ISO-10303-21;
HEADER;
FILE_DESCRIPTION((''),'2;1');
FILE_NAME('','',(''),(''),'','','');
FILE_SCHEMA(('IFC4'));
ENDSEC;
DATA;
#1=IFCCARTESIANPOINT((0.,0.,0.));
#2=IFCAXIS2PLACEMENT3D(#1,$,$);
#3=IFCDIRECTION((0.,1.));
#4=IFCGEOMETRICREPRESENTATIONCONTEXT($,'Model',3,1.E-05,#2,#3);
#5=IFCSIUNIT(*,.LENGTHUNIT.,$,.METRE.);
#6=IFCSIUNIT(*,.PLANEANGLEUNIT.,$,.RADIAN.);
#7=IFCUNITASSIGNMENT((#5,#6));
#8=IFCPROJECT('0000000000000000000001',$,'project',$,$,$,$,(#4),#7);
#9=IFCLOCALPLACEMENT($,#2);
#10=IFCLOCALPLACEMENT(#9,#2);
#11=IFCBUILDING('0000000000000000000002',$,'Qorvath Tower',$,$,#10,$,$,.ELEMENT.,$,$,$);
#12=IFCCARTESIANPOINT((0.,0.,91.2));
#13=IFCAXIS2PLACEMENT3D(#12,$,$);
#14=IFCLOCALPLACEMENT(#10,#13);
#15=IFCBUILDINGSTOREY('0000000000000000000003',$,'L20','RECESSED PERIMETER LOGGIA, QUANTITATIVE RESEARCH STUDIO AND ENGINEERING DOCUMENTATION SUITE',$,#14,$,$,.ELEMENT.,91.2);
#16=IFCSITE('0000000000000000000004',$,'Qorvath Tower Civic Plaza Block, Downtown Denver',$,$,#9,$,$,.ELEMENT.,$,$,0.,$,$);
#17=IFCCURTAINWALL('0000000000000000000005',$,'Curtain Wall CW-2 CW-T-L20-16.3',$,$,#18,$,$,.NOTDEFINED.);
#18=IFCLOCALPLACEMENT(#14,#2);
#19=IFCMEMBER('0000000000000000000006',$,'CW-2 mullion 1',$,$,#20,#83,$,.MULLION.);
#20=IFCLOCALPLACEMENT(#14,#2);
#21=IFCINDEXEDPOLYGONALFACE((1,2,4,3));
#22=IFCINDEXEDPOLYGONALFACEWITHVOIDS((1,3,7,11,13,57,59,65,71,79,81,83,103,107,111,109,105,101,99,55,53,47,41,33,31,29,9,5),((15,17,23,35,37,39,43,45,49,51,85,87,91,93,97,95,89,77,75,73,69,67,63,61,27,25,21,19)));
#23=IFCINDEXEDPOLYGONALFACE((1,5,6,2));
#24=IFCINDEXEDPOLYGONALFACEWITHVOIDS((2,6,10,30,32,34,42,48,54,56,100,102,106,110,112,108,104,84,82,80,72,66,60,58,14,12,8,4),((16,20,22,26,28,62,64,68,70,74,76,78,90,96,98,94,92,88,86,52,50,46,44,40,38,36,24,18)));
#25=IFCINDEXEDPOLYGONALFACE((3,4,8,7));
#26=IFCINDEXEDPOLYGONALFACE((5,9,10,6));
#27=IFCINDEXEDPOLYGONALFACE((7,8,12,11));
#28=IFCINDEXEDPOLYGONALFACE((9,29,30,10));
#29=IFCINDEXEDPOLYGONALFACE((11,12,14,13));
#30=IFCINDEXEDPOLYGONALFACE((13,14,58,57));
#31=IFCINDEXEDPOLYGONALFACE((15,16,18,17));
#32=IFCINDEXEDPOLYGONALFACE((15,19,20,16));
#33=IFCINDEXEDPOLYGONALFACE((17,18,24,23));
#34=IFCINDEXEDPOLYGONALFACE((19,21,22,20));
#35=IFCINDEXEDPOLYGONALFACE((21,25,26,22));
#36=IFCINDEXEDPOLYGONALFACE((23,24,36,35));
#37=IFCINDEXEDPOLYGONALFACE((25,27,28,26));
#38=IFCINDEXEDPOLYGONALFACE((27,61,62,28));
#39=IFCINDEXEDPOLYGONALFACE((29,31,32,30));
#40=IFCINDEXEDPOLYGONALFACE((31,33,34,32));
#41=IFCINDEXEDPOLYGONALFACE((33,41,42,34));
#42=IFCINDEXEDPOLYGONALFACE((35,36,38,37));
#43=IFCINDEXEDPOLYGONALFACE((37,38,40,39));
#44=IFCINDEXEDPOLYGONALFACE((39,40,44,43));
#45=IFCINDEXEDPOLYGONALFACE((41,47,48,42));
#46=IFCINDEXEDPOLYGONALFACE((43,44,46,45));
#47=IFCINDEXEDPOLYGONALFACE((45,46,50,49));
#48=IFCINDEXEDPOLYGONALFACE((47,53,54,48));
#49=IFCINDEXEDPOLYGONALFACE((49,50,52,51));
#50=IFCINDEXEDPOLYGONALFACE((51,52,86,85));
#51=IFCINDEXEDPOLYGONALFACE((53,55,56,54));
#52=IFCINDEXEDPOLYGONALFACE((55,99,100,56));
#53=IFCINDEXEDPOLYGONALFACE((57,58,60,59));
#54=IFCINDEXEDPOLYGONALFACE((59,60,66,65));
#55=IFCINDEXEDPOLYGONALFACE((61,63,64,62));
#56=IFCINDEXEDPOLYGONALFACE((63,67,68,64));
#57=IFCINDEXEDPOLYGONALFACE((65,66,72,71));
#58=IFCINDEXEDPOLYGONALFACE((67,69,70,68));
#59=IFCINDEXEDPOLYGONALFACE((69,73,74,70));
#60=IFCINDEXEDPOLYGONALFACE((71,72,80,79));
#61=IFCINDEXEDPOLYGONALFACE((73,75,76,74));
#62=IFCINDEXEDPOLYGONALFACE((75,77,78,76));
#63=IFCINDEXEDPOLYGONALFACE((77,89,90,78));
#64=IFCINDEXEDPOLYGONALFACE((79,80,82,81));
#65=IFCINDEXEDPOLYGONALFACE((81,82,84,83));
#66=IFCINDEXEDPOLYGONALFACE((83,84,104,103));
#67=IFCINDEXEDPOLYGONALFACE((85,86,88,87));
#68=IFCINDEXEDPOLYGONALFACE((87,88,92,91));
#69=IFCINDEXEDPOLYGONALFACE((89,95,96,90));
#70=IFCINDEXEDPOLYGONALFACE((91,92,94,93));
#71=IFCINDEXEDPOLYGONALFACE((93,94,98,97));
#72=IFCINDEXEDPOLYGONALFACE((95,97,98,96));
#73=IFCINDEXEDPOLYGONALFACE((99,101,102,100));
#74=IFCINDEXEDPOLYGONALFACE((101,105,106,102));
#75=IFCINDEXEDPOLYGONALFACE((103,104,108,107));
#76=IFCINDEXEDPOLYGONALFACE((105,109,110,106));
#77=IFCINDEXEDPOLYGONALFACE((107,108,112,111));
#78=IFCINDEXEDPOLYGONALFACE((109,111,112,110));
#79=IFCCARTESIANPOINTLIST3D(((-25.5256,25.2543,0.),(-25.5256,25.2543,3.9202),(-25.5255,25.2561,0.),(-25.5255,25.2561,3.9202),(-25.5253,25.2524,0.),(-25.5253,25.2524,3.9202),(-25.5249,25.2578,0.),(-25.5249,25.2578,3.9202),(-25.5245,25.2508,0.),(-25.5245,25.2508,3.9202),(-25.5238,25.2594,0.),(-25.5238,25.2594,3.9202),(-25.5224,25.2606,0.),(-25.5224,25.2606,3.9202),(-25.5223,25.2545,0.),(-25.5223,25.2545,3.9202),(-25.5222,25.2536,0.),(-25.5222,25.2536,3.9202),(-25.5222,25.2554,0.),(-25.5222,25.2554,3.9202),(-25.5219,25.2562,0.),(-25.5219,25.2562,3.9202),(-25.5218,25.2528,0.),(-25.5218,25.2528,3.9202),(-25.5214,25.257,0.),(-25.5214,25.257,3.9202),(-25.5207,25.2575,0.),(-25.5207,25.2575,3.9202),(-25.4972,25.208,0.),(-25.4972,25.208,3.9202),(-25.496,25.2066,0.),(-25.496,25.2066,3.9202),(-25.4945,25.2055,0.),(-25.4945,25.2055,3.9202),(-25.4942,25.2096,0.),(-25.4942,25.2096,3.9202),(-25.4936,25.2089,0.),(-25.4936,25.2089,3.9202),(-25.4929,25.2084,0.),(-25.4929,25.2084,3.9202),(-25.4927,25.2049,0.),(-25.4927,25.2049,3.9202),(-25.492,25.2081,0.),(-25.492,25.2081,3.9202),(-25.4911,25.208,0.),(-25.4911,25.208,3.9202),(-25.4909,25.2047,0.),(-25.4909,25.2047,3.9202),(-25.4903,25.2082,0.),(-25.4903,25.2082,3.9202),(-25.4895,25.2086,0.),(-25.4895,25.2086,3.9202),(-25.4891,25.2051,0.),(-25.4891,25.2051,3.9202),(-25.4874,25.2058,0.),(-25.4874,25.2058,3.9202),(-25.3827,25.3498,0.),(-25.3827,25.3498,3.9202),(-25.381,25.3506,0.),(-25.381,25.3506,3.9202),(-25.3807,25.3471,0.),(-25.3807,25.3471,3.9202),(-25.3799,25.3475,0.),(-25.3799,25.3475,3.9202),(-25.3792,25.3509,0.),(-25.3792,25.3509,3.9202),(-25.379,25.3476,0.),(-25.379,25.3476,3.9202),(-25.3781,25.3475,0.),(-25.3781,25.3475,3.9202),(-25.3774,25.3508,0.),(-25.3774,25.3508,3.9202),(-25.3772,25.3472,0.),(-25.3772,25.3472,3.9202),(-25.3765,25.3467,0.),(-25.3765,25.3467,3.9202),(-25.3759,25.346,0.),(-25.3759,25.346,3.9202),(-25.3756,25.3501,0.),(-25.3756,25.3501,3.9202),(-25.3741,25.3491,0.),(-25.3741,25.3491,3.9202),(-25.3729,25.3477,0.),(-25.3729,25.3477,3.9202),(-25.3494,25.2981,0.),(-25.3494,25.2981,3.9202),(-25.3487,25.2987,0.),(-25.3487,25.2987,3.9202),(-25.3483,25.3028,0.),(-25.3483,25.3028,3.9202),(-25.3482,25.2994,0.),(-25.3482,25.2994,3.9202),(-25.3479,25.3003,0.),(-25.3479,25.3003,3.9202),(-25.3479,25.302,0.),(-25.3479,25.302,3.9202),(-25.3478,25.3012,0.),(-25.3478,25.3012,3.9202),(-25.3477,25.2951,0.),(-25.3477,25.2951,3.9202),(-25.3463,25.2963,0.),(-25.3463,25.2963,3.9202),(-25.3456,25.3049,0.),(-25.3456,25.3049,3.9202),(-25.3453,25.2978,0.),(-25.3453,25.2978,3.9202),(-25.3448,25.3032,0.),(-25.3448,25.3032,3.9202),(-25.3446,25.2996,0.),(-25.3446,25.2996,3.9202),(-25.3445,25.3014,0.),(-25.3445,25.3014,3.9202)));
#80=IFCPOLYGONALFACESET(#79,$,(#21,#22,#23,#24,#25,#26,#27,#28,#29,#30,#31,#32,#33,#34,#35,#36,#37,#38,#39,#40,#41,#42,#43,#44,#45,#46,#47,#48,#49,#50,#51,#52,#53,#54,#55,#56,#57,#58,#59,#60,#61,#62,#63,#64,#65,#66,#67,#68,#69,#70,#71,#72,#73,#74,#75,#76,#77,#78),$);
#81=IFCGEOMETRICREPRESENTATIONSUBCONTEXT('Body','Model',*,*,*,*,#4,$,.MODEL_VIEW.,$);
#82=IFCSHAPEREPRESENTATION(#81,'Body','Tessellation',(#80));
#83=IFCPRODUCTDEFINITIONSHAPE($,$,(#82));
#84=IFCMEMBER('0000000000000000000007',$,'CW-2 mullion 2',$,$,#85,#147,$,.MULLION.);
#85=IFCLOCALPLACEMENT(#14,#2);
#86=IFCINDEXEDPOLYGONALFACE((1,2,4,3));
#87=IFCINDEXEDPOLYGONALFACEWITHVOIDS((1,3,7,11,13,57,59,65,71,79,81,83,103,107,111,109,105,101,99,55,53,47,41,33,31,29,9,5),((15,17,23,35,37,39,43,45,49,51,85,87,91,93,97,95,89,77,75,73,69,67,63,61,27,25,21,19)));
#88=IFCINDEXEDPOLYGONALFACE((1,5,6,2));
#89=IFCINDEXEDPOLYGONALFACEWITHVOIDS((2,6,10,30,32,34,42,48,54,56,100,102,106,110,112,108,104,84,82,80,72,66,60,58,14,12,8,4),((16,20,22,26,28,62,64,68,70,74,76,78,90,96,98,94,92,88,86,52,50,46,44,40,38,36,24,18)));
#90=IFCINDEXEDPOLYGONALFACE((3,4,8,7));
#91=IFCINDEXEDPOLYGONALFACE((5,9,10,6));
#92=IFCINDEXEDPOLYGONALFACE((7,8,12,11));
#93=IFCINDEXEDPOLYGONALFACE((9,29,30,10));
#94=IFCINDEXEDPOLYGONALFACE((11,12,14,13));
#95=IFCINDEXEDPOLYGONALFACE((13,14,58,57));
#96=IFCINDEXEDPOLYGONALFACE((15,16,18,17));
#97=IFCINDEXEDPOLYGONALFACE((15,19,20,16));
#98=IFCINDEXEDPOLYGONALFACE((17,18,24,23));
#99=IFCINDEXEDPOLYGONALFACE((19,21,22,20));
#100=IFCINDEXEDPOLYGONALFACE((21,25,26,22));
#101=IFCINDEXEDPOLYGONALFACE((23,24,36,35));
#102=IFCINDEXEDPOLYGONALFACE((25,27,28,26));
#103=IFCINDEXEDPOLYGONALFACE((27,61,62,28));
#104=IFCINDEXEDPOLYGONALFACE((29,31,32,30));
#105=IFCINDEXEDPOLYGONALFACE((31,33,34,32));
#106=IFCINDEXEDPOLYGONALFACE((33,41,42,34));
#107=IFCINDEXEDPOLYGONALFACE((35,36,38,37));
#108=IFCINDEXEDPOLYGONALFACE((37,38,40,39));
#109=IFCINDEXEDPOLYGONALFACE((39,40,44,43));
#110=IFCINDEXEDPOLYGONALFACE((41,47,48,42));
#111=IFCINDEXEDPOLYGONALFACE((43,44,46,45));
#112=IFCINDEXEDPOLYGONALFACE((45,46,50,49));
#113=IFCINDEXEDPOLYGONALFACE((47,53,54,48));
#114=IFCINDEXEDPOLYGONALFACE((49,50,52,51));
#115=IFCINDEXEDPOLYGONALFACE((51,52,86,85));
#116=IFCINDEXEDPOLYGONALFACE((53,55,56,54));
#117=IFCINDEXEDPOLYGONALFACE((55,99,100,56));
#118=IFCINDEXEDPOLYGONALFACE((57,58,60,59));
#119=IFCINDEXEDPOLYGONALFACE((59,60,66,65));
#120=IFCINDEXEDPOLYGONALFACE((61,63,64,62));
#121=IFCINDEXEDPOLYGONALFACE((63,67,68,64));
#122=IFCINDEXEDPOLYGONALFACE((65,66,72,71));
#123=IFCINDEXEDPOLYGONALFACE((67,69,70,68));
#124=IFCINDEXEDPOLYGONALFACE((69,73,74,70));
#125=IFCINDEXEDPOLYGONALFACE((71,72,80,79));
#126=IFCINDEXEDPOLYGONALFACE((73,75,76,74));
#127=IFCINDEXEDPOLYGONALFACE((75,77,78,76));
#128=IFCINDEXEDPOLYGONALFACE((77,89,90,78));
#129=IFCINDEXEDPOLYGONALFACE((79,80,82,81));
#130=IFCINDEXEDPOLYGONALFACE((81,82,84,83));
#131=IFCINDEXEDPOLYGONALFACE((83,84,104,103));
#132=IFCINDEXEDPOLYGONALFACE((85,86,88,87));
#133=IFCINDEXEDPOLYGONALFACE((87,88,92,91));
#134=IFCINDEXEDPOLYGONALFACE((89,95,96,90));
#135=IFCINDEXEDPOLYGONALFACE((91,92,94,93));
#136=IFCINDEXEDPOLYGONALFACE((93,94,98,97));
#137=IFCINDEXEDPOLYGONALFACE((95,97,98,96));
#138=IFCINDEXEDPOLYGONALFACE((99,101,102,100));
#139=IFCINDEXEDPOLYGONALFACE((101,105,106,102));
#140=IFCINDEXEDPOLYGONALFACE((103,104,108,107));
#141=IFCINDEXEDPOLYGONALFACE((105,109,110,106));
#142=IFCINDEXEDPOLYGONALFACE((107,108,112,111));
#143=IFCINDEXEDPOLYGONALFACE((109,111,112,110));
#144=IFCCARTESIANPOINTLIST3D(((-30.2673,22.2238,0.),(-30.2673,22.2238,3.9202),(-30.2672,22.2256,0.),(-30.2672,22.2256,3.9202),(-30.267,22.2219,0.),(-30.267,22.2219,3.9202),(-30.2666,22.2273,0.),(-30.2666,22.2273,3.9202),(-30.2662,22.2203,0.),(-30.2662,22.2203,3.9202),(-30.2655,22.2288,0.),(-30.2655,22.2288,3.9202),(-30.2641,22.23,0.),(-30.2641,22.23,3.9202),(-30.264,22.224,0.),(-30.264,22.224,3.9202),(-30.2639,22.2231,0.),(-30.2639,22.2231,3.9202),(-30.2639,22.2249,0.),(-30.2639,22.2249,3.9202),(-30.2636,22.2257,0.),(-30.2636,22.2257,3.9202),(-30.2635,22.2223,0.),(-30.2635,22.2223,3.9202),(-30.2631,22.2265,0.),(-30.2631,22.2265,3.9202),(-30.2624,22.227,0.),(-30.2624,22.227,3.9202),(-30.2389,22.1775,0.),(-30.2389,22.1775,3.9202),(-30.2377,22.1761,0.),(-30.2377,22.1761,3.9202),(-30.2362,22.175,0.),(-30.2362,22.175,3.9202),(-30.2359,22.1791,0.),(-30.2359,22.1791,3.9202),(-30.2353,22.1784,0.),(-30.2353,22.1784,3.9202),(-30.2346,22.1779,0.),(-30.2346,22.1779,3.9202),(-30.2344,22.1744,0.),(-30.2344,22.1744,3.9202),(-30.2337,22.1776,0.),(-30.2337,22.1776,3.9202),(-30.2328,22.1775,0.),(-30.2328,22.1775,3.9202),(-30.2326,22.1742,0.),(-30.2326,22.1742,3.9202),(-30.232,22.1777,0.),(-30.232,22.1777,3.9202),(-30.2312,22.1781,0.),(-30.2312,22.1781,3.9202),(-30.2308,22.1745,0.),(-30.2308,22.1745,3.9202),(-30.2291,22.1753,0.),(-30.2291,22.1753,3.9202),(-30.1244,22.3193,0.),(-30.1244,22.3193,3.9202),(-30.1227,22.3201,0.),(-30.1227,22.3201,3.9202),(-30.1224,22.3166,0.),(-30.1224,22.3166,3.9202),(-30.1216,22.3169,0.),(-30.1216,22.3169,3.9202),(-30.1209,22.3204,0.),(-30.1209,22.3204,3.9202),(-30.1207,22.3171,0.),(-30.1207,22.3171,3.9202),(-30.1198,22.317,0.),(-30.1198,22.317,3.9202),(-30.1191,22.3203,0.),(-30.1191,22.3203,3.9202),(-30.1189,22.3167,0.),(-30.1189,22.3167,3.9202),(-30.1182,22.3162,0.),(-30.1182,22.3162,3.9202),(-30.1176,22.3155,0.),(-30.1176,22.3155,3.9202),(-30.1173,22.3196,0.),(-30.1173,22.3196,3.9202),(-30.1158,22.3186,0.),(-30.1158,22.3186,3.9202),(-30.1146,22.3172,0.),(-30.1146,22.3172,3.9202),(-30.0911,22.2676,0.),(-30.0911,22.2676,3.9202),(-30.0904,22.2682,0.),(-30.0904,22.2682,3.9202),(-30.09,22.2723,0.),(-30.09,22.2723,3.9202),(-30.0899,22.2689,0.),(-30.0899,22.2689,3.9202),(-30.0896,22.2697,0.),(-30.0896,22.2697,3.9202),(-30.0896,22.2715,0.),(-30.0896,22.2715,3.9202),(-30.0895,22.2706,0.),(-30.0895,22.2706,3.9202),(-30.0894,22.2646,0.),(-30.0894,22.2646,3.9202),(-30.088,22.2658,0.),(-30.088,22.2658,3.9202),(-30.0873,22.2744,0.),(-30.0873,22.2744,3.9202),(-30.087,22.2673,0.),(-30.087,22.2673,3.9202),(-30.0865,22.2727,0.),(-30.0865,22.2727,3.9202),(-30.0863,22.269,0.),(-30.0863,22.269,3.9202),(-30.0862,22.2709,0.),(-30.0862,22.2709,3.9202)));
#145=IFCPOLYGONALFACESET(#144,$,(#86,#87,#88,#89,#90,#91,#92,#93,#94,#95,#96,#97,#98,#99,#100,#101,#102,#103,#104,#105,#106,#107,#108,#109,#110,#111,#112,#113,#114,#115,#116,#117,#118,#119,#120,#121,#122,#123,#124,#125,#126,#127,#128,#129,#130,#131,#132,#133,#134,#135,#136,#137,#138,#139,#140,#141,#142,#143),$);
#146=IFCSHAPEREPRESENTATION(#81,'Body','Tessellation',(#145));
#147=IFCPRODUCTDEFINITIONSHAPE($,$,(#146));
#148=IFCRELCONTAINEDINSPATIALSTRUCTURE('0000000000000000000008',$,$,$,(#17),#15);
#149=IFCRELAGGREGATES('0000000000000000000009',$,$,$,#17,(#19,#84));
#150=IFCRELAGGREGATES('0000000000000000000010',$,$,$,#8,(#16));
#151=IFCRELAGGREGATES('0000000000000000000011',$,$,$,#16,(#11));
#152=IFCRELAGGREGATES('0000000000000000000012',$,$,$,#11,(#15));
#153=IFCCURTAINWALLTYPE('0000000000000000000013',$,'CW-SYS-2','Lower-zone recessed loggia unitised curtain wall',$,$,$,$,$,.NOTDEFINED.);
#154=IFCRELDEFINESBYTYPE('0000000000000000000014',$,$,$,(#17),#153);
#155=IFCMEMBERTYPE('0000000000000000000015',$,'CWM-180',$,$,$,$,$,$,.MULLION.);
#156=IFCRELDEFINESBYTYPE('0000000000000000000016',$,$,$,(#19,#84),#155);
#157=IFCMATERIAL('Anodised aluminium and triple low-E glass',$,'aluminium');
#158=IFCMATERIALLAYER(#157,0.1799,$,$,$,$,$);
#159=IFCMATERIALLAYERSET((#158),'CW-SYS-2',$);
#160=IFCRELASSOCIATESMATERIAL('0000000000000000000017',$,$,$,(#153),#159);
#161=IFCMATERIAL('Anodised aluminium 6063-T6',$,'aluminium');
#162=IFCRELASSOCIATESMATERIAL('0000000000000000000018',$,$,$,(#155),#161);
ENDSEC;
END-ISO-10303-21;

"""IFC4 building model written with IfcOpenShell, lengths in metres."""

from ifc_helpers import new_model, si_unit, direction, frame, origin, origin_2d, place, context, subcontext, project, spatial, hollow_rectangle, extrude, material, layer, layer_set, material_profile, profile_set, type_object, element, aggregate, save


model = new_model("IFC4")

# Units and contexts
model_context = context("Model", 3, precision=1e-05, world=origin(), true_north=direction((0.0, 1.0)))
body_context = subcontext(model_context, "Body", "Model", "MODEL_VIEW")
ifc_project = project(units=[si_unit("LENGTHUNIT", "METRE"), si_unit("PLANEANGLEUNIT", "RADIAN")], contexts=[model_context])

# Site, building, storey
site_placement = place(None, origin())
site = spatial("IfcSite", under=ifc_project, at=site_placement, Name="Qorvath Tower Civic Plaza Block, Downtown Denver", CompositionType="ELEMENT", RefElevation=0.0)
building_placement = place(site_placement, origin())
building = spatial("IfcBuilding", under=site, at=building_placement, Name="Qorvath Tower", CompositionType="ELEMENT")
storey_placement = place(building_placement, frame((0.0, 0.0, 91.2)))
storey = spatial("IfcBuildingStorey", under=building, at=storey_placement, Name="L20", Description="RECESSED PERIMETER LOGGIA, QUANTITATIVE RESEARCH STUDIO AND ENGINEERING DOCUMENTATION SUITE", CompositionType="ELEMENT", Elevation=91.2)

# Curtain wall, members
ifc_material_1 = material(Name="Anodised aluminium and triple low-E glass", Category="aluminium")
ifc_layer_1 = layer(ifc_material_1, 0.1799)
ifc_layer_set_1 = layer_set([ifc_layer_1], Name="CW-SYS-2")
curtain_wall_type = type_object("IfcCurtainWallType", Name="CW-SYS-2", Description="Lower-zone recessed loggia unitised curtain wall", PredefinedType="NOTDEFINED", material=ifc_layer_set_1)
ifc_material_2 = material(Name="Anodised aluminium 6063-T6", Category="aluminium")
ifc_material_profile_1 = material_profile(ifc_material_2, hollow_rectangle(XDim=0.0649, YDim=0.1799, WallThickness=0.0034, InnerFilletRadius=0.0034, OuterFilletRadius=0.0071, at=origin_2d()), Name="CWM 180x65")
ifc_profile_set_1 = profile_set([ifc_material_profile_1], Name="Anodised aluminium 6063-T6")
member_type_1 = type_object("IfcMemberType", Name="CWM-180", PredefinedType="MULLION", material=ifc_profile_set_1)
curtain_wall_1_placement = place(storey_placement, origin())
curtain_wall_1 = element("IfcCurtainWall", 1, at=curtain_wall_1_placement, inside=storey, type_object=curtain_wall_type, Name="Curtain Wall CW-2 CW-T-L20-16.3", PredefinedType="NOTDEFINED")
member_1_placement = place(storey_placement, frame((-25.4351, 25.2778, 0.0), z_axis=(0.0, 0.0, 1.0), x_axis=(0.538541, -0.842599, 0.0)))
member_1 = element("IfcMember", 2, at=member_1_placement, type_object=member_type_1, Name="CW-2 mullion 1", PredefinedType="MULLION", context=body_context, shape_type="SweptSolid", body=[
    extrude(hollow_rectangle(XDim=0.0649, YDim=0.1799, WallThickness=0.0034, InnerFilletRadius=0.0034, OuterFilletRadius=0.0071, at=origin_2d()), origin(), (0.0, 0.0, 1.0), 3.9202),
])
member_2_placement = place(storey_placement, frame((-30.1768, 22.2473, 0.0), z_axis=(0.0, 0.0, 1.0), x_axis=(0.538541, -0.842599, 0.0)))
member_2 = element("IfcMember", 3, at=member_2_placement, type_object=member_type_1, Name="CW-2 mullion 2", PredefinedType="MULLION", context=body_context, shape_type="SweptSolid", body=[
    extrude(hollow_rectangle(XDim=0.0649, YDim=0.1799, WallThickness=0.0034, InnerFilletRadius=0.0034, OuterFilletRadius=0.0071, at=origin_2d()), origin(), (0.0, 0.0, 1.0), 3.9202),
])

aggregate(curtain_wall_1, [member_1, member_2])

save(model, "model.ifc")
